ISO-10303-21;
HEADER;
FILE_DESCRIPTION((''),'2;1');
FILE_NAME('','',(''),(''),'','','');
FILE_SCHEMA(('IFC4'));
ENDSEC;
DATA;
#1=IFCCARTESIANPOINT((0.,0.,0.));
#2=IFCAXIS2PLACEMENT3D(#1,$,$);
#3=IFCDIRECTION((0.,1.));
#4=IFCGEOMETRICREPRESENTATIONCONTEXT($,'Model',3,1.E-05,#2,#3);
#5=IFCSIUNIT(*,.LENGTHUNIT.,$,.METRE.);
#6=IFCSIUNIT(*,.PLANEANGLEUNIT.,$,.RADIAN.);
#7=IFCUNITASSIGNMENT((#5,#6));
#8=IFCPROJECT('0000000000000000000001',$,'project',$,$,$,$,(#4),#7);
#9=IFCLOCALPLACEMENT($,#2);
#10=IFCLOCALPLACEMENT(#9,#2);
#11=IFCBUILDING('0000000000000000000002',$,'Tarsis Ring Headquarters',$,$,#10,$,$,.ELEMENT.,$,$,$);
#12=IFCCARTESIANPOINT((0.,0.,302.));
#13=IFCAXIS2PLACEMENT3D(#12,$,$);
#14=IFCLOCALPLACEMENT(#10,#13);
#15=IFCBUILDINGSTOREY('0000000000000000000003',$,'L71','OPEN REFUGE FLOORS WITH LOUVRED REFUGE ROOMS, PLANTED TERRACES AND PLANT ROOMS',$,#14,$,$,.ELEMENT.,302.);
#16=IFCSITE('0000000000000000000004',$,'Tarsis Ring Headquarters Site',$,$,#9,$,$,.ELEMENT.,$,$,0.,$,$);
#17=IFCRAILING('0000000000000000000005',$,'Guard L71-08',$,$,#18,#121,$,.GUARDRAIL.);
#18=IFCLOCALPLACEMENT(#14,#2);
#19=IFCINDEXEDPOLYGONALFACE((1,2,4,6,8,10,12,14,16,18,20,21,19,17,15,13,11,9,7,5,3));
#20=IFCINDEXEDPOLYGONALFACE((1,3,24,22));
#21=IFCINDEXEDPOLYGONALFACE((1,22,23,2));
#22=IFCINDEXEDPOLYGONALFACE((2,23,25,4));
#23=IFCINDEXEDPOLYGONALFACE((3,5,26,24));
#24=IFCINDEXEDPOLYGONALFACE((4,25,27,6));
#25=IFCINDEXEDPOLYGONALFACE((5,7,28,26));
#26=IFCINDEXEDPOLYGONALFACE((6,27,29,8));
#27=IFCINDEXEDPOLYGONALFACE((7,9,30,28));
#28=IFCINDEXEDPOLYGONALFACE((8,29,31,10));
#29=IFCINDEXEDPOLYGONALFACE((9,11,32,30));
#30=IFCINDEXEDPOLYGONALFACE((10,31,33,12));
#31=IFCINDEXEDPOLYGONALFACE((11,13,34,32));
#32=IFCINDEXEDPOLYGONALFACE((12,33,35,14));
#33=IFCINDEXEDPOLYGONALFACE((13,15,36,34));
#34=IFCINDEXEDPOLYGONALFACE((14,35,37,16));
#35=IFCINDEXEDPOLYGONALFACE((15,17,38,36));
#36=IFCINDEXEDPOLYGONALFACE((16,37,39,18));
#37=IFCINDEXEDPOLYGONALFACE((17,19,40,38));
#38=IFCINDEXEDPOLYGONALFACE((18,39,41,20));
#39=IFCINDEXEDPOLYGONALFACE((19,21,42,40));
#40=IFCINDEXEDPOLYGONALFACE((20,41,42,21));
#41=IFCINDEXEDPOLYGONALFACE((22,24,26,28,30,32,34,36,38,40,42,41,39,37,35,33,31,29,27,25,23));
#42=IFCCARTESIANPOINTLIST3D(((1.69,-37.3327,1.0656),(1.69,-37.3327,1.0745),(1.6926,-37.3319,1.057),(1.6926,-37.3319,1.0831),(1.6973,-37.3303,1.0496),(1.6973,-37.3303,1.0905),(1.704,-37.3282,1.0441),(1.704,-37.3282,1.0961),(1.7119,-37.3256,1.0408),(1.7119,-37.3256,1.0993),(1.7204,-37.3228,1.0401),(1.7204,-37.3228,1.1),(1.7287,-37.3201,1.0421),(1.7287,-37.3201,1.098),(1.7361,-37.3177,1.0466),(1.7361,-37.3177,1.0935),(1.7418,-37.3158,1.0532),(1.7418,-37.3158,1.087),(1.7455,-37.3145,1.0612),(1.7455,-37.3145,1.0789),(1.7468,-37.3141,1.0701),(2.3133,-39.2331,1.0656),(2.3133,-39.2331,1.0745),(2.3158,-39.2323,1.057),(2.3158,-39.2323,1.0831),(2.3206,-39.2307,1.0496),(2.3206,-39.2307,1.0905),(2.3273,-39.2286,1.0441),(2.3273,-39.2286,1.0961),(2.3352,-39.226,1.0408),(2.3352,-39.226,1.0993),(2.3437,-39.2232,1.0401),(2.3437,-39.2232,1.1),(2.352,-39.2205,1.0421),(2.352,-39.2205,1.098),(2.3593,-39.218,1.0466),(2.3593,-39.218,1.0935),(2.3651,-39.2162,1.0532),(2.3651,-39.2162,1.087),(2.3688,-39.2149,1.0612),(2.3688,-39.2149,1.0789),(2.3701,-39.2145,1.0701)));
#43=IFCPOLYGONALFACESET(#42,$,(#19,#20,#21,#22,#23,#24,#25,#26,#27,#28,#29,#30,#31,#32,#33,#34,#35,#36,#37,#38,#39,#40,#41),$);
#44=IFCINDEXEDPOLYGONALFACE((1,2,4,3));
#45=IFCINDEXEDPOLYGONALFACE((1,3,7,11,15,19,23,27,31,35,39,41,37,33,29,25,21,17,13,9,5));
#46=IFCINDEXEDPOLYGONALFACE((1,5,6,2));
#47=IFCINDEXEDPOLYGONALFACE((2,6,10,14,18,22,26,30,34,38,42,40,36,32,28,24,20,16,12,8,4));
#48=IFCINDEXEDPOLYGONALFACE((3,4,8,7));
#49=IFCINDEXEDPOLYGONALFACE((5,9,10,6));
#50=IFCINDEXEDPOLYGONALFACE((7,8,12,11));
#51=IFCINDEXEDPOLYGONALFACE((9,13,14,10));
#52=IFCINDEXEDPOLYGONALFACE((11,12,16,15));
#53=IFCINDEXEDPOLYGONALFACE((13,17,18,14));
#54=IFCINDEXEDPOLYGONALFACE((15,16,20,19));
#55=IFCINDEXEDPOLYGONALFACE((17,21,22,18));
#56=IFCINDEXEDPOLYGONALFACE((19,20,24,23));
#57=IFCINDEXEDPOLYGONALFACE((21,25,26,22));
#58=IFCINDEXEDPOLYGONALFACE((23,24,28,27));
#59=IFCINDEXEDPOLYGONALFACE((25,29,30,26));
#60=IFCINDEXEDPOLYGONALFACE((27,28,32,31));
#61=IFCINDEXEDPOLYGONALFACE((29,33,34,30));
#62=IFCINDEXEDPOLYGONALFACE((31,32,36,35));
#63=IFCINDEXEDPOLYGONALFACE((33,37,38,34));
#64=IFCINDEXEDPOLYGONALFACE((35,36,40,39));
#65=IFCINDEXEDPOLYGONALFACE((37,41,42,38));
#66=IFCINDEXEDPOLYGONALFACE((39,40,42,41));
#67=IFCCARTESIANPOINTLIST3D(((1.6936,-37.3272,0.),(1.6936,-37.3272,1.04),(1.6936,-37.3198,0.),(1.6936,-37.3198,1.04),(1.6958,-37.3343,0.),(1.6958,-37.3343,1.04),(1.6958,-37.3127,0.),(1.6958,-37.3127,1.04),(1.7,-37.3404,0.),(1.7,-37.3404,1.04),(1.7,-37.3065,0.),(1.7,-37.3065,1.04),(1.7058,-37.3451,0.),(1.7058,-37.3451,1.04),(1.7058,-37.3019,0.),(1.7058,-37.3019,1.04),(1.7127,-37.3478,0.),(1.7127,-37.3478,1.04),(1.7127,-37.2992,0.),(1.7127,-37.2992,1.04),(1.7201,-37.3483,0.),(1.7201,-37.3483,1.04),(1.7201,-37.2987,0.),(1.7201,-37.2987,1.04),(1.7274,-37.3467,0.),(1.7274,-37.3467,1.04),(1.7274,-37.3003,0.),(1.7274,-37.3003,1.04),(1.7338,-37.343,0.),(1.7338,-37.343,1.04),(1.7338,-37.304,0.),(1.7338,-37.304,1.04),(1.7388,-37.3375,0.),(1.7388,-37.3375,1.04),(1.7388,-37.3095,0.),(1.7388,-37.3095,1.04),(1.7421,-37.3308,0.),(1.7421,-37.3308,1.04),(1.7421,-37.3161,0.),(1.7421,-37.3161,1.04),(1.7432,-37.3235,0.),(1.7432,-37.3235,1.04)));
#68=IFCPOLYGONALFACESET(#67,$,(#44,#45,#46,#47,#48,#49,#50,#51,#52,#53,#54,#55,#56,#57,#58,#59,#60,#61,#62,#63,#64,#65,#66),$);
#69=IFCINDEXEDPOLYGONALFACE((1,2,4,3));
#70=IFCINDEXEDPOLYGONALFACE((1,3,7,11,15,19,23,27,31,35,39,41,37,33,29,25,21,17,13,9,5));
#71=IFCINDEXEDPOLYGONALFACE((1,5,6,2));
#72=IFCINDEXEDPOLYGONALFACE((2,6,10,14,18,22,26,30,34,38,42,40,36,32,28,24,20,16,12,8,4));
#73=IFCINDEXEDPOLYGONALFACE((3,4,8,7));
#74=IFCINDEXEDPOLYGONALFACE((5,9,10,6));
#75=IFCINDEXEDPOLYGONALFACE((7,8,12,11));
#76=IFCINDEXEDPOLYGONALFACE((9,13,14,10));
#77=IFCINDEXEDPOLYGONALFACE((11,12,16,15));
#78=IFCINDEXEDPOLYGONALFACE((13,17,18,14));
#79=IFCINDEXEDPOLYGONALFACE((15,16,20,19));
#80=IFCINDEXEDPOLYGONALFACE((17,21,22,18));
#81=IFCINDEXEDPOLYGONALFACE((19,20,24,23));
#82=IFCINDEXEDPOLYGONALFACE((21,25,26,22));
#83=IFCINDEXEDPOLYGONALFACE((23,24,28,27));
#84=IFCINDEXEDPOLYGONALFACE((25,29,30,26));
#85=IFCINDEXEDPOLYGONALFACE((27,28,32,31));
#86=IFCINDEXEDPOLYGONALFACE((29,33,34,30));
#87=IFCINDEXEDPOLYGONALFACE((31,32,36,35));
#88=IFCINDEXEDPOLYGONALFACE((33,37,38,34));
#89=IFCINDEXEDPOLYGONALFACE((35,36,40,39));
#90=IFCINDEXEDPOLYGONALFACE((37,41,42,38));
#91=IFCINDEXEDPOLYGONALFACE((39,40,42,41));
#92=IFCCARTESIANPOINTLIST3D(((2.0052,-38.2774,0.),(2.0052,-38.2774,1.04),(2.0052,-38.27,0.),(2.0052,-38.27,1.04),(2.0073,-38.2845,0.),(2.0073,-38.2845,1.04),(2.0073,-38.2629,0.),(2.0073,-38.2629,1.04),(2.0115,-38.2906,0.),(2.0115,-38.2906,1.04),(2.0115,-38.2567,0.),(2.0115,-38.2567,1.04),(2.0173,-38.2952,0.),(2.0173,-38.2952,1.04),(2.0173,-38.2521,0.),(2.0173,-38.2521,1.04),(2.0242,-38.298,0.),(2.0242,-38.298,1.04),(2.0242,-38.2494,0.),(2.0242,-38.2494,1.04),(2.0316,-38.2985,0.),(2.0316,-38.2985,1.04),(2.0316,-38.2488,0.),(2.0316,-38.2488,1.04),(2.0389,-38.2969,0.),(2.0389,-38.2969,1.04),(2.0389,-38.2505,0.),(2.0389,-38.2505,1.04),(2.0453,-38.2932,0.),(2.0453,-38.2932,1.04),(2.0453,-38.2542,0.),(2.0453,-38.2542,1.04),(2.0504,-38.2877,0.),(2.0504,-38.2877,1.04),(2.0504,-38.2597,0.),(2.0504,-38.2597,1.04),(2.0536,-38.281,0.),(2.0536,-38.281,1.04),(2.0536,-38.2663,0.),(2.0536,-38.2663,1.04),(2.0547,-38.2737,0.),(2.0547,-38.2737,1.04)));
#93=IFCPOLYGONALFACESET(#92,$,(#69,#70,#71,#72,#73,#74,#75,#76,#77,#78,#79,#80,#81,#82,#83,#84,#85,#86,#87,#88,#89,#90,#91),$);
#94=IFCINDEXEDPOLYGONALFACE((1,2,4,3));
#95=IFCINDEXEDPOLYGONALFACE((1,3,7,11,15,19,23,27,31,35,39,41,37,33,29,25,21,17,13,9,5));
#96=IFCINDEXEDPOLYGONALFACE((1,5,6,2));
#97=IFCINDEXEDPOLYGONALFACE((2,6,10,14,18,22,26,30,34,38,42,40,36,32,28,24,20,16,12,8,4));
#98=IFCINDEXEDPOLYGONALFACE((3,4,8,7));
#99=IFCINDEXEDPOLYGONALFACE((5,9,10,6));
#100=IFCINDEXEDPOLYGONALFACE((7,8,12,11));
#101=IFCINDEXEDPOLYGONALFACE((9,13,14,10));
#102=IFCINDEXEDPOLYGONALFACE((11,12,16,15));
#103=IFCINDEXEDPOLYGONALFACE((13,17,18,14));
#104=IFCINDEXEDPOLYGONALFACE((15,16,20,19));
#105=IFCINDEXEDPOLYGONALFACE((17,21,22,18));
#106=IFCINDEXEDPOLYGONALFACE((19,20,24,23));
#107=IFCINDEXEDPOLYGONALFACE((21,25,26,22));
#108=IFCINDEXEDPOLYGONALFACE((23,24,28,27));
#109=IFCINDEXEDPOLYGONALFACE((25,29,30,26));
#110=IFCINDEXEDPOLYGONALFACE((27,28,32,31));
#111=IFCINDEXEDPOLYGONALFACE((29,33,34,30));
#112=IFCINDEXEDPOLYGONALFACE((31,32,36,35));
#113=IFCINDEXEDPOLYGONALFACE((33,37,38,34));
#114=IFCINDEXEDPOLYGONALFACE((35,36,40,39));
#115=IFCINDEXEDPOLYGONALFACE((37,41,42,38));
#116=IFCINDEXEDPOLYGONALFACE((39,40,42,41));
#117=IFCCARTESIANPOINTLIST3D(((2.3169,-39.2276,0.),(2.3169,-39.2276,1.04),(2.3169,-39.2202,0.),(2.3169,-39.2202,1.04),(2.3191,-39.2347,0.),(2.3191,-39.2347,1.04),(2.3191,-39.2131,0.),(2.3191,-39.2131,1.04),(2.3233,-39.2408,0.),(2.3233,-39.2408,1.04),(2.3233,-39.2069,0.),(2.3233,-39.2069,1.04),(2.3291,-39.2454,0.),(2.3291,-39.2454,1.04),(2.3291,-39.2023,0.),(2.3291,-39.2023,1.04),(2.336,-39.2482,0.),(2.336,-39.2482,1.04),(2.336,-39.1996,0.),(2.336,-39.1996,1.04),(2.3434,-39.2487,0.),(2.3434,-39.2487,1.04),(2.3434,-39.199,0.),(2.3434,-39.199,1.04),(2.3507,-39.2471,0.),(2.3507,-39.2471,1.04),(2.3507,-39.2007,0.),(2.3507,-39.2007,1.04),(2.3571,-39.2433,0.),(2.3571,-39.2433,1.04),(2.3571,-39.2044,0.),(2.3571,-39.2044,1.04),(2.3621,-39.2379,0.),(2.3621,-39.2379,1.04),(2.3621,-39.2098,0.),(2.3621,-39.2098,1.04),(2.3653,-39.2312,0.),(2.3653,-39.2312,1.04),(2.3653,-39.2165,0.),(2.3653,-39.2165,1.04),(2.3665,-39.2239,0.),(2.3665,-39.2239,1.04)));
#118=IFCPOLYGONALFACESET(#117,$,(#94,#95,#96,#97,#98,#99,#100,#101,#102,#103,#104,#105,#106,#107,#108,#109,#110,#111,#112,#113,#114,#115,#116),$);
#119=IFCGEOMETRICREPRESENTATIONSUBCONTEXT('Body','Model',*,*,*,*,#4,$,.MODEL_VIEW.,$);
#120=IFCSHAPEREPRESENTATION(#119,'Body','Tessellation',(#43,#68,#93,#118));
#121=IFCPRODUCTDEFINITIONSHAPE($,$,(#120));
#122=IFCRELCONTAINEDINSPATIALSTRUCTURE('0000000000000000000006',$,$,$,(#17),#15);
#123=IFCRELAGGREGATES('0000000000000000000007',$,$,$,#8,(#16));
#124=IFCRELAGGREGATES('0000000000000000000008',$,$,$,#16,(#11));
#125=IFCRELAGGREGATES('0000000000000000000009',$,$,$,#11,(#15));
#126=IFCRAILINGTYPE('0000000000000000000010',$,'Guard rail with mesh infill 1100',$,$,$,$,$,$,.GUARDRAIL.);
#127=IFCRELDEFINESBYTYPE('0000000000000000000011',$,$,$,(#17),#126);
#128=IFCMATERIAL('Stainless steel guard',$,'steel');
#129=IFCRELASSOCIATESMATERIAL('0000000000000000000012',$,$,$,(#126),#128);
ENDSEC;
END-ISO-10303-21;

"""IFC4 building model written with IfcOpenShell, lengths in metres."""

from ifc_helpers import new_model, si_unit, direction, frame, origin, origin_2d, place, context, subcontext, project, spatial, circle, extrude, material, type_object, element, save


model = new_model("IFC4")

# Units and contexts
model_context = context("Model", 3, precision=1e-05, world=origin(), true_north=direction((0.0, 1.0)))
body_context = subcontext(model_context, "Body", "Model", "MODEL_VIEW")
ifc_project = project(units=[si_unit("LENGTHUNIT", "METRE"), si_unit("PLANEANGLEUNIT", "RADIAN")], contexts=[model_context])

# Site, building, storey
site_placement = place(None, origin())
site = spatial("IfcSite", under=ifc_project, at=site_placement, Name="Tarsis Ring Headquarters Site", CompositionType="ELEMENT", RefElevation=0.0)
building_placement = place(site_placement, origin())
building = spatial("IfcBuilding", under=site, at=building_placement, Name="Tarsis Ring Headquarters", CompositionType="ELEMENT")
storey_placement = place(building_placement, frame((0.0, 0.0, 302.0)))
storey = spatial("IfcBuildingStorey", under=building, at=storey_placement, Name="L71", Description="OPEN REFUGE FLOORS WITH LOUVRED REFUGE ROOMS, PLANTED TERRACES AND PLANT ROOMS", CompositionType="ELEMENT", Elevation=302.0)

# Railing
ifc_material_1 = material(Name="Stainless steel guard", Category="steel")
railing_type_1 = type_object("IfcRailingType", Name="Guard rail with mesh infill 1100", PredefinedType="GUARDRAIL", material=ifc_material_1)
railing_1_placement = place(storey_placement, frame((1.7183, -37.3235, 0.0)))
element("IfcRailing", 1, at=railing_1_placement, inside=storey, type_object=railing_type_1, Name="Guard L71-08", PredefinedType="GUARDRAIL", context=body_context, shape_type="SweptSolid", body=[
    extrude(circle(Radius=0.03, at=origin_2d()), frame((0.0, 0.0, 1.0701), z_axis=(0.311646, -0.950198, 0.0), x_axis=(0.950198, 0.311646, 0.0)), (0.0, 0.0, 1.0), 2.0),
    extrude(circle(Radius=0.0249, at=origin_2d()), origin(), (0.0, 0.0, 1.0), 1.04),
    extrude(circle(Radius=0.0249, at=origin_2d()), frame((0.3115, -0.9502, 0.0)), (0.0, 0.0, 1.0), 1.04),
    extrude(circle(Radius=0.0249, at=origin_2d()), frame((0.6233, -1.9004, 0.0)), (0.0, 0.0, 1.0), 1.04),
])

save(model, "model.ifc")
